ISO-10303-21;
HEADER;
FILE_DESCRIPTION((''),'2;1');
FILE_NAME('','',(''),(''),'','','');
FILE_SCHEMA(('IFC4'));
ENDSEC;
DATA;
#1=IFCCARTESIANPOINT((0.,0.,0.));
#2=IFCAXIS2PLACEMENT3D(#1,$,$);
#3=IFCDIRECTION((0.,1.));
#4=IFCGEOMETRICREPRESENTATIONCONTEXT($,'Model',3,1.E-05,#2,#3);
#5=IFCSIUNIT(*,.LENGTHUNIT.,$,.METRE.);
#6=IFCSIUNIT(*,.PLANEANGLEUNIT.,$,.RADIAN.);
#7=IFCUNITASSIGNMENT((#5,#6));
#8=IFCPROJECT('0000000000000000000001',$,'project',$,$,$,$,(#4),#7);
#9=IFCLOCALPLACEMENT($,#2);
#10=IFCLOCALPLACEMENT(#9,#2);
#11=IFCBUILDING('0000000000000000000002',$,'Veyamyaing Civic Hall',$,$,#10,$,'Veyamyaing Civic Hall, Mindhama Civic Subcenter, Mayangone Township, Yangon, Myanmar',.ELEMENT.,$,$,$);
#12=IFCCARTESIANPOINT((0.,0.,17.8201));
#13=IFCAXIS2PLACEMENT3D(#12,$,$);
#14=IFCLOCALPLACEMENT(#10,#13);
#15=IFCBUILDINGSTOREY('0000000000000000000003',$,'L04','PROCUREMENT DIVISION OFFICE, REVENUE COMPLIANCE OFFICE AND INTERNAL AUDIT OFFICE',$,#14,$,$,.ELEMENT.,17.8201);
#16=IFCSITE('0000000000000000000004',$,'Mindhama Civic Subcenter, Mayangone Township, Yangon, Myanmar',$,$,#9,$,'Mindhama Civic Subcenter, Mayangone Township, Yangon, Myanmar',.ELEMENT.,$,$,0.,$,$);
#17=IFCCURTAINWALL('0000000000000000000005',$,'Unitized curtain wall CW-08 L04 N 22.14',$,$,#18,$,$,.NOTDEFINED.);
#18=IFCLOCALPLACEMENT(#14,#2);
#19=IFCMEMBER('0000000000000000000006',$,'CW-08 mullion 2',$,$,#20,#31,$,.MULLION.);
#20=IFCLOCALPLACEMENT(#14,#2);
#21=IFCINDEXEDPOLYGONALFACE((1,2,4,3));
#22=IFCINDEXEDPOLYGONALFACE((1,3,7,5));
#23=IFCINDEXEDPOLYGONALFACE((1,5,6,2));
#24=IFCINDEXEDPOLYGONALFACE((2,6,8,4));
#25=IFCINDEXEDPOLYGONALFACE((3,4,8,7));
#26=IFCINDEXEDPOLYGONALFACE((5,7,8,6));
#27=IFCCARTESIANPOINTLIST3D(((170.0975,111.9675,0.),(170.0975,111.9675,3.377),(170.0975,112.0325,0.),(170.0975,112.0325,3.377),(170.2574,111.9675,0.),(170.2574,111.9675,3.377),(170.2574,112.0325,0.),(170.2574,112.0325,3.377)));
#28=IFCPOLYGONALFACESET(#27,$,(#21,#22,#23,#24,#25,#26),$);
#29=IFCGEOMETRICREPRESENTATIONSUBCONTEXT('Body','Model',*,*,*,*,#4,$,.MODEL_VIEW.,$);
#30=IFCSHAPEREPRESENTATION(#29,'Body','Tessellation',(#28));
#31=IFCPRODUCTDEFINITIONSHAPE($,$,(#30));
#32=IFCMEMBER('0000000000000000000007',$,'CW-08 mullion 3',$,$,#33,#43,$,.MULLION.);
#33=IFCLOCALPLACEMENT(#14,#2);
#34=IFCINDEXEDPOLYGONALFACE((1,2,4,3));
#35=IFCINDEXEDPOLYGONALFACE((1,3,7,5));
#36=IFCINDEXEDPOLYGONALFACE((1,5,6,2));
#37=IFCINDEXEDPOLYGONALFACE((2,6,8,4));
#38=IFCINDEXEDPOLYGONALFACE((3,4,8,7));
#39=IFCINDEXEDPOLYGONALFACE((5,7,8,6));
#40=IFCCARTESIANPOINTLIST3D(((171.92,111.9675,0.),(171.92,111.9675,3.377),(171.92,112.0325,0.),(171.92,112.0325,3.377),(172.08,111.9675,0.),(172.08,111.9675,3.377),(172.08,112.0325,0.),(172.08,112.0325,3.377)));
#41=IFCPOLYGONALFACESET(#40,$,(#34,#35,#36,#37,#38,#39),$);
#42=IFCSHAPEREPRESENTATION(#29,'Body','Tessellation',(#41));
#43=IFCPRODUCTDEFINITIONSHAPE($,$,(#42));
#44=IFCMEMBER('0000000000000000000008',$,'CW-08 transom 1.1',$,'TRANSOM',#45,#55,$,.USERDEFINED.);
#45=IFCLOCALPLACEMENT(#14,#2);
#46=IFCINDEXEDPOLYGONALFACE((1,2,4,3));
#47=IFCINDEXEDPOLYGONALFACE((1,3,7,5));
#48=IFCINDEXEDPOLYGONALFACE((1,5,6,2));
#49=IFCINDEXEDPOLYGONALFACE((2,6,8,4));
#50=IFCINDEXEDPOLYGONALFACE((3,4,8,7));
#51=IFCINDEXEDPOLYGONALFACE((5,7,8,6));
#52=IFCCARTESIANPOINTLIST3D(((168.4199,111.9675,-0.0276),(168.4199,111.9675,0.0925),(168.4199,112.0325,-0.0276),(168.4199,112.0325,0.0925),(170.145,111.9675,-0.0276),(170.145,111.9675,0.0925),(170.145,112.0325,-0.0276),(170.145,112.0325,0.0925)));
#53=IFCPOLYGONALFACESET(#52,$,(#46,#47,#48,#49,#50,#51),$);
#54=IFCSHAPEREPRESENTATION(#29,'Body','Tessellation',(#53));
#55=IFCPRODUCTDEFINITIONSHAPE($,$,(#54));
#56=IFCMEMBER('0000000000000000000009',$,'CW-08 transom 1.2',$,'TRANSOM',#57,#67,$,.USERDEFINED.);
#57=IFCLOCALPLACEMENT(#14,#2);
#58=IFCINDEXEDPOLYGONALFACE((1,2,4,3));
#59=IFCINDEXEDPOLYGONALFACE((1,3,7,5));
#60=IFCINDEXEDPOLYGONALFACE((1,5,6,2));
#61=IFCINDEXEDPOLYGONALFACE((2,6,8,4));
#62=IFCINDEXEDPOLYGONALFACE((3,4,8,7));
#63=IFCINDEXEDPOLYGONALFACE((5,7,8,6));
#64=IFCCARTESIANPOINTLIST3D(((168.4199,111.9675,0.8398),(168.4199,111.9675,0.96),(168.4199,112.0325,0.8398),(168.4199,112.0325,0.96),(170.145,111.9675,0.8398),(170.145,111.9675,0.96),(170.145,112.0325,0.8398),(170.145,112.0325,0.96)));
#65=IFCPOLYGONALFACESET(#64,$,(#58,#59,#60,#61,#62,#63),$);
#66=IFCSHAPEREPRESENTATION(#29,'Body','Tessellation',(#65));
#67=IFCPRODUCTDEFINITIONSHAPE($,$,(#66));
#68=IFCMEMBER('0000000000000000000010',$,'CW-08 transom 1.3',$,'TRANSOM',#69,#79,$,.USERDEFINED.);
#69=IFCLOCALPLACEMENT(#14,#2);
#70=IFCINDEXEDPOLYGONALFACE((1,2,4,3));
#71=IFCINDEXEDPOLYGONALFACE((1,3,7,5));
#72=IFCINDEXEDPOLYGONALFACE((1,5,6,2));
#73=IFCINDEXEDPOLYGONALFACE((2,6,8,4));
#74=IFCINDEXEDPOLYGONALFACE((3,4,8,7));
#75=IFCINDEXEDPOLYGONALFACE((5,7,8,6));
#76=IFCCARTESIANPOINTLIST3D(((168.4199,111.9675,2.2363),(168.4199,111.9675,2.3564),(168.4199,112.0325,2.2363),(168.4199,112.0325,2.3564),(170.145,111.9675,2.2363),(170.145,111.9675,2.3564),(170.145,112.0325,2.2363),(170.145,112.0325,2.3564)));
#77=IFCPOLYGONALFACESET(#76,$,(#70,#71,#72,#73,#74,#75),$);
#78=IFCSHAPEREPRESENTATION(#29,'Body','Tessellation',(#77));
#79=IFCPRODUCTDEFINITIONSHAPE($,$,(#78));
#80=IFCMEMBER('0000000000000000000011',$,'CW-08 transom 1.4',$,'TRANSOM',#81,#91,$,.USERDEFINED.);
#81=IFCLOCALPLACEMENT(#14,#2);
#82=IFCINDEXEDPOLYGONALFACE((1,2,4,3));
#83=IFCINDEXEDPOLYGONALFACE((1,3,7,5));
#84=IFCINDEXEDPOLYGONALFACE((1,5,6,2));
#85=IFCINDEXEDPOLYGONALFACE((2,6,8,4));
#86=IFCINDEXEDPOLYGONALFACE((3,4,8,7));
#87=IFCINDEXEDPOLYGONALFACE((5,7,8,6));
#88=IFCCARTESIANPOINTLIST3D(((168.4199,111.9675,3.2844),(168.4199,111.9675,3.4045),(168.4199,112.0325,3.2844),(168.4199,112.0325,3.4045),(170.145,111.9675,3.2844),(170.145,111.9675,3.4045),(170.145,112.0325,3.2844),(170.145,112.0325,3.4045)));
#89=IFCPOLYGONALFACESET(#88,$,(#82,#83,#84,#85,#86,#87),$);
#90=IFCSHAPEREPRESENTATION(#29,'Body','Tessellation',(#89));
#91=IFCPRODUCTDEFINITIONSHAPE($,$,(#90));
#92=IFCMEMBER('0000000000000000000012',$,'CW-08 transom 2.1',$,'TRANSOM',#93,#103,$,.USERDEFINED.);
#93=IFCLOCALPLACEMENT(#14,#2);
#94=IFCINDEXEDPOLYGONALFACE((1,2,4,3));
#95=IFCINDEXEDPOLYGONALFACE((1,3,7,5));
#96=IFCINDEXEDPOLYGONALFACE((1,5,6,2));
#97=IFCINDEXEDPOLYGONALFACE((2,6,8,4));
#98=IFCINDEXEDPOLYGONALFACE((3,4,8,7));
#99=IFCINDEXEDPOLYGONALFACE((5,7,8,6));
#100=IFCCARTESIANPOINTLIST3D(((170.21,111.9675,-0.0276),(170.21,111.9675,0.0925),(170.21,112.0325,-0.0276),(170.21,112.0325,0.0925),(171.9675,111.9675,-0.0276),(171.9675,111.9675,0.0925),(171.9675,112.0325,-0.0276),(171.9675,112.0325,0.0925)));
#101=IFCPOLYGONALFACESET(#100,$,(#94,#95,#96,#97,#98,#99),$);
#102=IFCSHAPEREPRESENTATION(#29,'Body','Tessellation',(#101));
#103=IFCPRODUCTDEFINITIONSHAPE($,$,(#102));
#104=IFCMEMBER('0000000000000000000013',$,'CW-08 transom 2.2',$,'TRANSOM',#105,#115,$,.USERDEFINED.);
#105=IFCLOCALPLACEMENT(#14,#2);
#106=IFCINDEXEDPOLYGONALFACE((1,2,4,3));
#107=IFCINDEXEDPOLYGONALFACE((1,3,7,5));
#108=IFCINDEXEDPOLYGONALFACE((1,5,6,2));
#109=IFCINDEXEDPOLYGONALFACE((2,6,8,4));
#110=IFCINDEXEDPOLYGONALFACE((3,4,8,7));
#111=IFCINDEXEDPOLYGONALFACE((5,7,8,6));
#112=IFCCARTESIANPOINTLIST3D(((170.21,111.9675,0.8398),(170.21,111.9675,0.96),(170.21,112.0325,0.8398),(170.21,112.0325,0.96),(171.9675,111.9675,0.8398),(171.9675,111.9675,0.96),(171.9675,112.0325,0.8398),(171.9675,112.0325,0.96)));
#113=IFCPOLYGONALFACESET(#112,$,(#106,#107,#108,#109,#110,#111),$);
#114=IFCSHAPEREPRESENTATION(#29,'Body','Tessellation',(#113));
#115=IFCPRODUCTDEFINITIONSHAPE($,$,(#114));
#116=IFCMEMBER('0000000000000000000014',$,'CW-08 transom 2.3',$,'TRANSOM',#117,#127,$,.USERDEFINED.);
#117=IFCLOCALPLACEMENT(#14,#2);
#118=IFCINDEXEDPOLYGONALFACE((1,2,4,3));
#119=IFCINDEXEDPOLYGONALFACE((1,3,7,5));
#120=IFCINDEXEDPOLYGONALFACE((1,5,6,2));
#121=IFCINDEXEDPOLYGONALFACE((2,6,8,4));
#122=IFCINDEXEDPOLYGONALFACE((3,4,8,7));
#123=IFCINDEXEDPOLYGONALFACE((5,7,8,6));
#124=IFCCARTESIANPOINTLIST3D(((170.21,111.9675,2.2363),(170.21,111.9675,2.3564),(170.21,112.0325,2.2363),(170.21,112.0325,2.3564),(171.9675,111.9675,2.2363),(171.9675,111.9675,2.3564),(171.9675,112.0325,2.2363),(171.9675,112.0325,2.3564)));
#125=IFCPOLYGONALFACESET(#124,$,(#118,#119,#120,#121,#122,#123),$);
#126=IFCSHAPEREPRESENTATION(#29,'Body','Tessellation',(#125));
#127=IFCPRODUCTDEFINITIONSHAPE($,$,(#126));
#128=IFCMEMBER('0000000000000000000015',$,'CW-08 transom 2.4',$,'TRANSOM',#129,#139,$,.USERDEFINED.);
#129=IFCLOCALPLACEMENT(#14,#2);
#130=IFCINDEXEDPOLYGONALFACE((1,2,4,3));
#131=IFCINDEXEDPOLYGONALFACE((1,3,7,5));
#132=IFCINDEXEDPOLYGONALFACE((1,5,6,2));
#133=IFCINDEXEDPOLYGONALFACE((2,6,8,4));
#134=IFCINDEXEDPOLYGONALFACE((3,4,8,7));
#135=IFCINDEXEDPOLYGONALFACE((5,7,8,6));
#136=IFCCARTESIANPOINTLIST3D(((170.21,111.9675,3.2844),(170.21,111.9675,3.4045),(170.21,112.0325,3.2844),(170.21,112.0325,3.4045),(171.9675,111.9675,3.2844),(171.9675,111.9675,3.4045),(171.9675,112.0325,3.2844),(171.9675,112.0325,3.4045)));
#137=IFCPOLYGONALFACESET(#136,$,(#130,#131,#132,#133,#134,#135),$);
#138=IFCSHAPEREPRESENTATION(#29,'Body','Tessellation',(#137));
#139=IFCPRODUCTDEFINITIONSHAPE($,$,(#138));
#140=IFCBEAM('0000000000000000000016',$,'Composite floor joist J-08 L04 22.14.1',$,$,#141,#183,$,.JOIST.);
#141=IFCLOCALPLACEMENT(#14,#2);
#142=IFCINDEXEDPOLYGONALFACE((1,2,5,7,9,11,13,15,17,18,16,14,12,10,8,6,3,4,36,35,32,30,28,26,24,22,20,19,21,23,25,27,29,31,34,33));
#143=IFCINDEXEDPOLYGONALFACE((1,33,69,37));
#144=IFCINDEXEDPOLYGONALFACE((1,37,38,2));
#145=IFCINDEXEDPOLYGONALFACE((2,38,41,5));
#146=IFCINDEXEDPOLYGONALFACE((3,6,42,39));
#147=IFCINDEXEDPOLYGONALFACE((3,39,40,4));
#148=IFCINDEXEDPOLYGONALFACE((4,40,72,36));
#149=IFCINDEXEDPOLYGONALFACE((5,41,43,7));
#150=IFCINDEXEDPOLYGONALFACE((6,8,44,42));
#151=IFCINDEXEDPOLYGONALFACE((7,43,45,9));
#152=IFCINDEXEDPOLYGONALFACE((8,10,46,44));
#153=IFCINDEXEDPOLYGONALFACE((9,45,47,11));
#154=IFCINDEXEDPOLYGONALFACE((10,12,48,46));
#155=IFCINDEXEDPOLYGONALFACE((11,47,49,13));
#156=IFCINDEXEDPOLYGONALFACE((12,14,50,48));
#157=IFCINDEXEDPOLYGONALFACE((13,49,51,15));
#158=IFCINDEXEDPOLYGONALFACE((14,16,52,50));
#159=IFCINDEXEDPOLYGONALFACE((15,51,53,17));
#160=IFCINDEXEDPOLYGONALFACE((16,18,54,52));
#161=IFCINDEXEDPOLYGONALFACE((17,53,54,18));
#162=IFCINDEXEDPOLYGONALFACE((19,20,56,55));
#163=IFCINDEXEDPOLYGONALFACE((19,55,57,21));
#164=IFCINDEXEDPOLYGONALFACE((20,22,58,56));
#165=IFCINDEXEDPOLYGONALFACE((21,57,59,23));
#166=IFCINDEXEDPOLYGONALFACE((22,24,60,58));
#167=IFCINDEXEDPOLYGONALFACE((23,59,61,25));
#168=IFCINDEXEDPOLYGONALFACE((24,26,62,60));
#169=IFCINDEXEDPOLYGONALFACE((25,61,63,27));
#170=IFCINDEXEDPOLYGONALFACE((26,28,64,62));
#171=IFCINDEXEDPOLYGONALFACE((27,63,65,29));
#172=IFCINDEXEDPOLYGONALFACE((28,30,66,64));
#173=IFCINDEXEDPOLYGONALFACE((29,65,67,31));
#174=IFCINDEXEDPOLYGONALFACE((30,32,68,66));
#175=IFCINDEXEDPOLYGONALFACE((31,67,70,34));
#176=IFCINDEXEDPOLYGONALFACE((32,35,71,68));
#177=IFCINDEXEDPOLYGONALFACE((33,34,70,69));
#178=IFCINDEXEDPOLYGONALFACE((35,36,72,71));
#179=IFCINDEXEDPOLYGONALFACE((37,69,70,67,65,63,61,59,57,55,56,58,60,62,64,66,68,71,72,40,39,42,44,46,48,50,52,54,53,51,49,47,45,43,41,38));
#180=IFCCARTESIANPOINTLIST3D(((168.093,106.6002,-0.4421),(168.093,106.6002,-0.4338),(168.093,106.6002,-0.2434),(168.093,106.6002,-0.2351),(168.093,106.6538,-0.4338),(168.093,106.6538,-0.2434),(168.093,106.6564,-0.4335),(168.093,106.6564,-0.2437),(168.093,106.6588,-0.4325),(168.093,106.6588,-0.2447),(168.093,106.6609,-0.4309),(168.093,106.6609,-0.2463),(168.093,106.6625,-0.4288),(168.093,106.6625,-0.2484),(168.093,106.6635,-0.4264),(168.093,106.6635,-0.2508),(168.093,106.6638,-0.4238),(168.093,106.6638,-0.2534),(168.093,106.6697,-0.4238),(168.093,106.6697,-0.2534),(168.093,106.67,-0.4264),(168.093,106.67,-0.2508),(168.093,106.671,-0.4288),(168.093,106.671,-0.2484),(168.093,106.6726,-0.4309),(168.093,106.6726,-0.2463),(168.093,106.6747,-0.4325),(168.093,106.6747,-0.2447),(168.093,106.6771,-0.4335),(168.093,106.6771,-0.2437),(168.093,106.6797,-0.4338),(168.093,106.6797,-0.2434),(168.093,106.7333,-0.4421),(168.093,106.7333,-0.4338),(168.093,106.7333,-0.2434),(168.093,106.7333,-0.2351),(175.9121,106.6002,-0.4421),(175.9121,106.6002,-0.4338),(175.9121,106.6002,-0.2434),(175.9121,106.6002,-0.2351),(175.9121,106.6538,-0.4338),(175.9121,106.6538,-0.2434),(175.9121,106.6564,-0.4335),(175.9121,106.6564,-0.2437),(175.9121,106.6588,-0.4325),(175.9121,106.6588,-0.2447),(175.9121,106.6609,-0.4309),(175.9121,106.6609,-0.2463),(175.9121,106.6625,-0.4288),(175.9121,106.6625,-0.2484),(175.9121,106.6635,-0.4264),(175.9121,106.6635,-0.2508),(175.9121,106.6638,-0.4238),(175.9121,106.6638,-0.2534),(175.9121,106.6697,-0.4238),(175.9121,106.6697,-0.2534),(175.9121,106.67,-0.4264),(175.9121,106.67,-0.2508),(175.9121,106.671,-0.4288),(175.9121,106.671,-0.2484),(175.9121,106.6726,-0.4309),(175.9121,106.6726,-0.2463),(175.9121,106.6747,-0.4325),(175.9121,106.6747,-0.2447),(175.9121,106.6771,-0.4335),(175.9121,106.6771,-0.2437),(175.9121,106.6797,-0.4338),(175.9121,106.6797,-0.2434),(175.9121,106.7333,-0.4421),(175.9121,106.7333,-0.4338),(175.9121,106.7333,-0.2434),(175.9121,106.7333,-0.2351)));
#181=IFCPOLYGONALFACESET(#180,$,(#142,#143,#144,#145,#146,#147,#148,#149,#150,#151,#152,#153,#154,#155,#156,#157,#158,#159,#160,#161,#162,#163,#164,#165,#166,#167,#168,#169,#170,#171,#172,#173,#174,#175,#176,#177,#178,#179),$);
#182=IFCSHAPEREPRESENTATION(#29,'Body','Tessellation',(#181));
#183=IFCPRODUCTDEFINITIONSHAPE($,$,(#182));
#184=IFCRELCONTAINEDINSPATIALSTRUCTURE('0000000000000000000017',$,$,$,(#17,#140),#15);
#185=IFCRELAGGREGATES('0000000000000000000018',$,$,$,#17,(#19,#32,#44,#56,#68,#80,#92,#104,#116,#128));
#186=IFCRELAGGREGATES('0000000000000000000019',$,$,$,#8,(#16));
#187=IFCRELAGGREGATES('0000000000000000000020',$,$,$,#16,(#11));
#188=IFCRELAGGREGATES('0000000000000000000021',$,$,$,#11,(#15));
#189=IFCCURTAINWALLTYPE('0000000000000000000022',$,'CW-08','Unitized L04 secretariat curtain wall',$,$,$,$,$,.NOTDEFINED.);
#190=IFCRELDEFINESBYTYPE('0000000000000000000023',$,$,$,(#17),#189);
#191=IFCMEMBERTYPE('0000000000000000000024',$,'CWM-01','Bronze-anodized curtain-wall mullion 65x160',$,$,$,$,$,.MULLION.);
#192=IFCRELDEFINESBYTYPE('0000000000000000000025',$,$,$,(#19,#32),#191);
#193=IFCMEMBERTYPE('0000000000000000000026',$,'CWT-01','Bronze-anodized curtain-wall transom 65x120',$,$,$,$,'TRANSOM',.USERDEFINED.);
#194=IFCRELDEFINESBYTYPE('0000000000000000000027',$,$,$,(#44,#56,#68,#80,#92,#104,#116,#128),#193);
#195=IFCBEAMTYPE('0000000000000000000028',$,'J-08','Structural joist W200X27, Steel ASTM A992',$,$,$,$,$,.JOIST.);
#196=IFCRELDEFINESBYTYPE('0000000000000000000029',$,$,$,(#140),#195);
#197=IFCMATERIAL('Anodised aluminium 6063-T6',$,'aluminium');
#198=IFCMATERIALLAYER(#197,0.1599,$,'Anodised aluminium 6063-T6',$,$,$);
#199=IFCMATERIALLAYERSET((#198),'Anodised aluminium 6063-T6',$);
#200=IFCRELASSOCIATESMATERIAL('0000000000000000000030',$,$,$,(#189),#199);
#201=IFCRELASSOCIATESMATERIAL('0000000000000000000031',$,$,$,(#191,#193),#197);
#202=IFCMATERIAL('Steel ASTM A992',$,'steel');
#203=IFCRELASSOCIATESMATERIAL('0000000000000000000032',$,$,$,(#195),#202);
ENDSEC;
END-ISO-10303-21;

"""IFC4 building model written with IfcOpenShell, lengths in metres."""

from ifc_helpers import new_model, si_unit, direction, frame, origin, origin_2d, place, context, subcontext, project, spatial, rectangle, i_section, extrude, material, layer, layer_set, material_profile, profile_set, type_object, element, aggregate, save


model = new_model("IFC4")

# Units and contexts
model_context = context("Model", 3, precision=1e-05, world=origin(), true_north=direction((0.0, 1.0)))
body_context = subcontext(model_context, "Body", "Model", "MODEL_VIEW")
ifc_project = project(units=[si_unit("LENGTHUNIT", "METRE"), si_unit("PLANEANGLEUNIT", "RADIAN")], contexts=[model_context])

# Site, building, storey
site_placement = place(None, origin())
site = spatial("IfcSite", under=ifc_project, at=site_placement, Name="Mindhama Civic Subcenter, Mayangone Township, Yangon, Myanmar", LongName="Mindhama Civic Subcenter, Mayangone Township, Yangon, Myanmar", CompositionType="ELEMENT", RefElevation=0.0)
building_placement = place(site_placement, origin())
building = spatial("IfcBuilding", under=site, at=building_placement, Name="Veyamyaing Civic Hall", LongName="Veyamyaing Civic Hall, Mindhama Civic Subcenter, Mayangone Township, Yangon, Myanmar", CompositionType="ELEMENT")
storey_placement = place(building_placement, frame((0.0, 0.0, 17.8201)))
storey = spatial("IfcBuildingStorey", under=building, at=storey_placement, Name="L04", Description="PROCUREMENT DIVISION OFFICE, REVENUE COMPLIANCE OFFICE AND INTERNAL AUDIT OFFICE", CompositionType="ELEMENT", Elevation=17.8201)

# Shared definitions
ifc_material_1 = material(Name="Steel ASTM A992", Category="steel")

# Curtain wall, members
ifc_material_2 = material(Name="Anodised aluminium 6063-T6", Category="aluminium")
ifc_layer_1 = layer(ifc_material_2, 0.1599, Name="Anodised aluminium 6063-T6")
ifc_layer_set_1 = layer_set([ifc_layer_1], Name="Anodised aluminium 6063-T6")
curtain_wall_type = type_object("IfcCurtainWallType", Name="CW-08", Description="Unitized L04 secretariat curtain wall", PredefinedType="NOTDEFINED", material=ifc_layer_set_1)
curtain_wall_placement = place(storey_placement, origin())
curtain_wall = element("IfcCurtainWall", 1, at=curtain_wall_placement, inside=storey, type_object=curtain_wall_type, Name="Unitized curtain wall CW-08 L04 N 22.14", PredefinedType="NOTDEFINED")
ifc_material_profile_1 = material_profile(ifc_material_2, rectangle(XDim=0.0649, YDim=0.1599, at=origin_2d()), Name="ALU-MUL-65X160")
ifc_profile_set_1 = profile_set([ifc_material_profile_1], Name="Anodised aluminium 6063-T6")
member_type_1 = type_object("IfcMemberType", Name="CWM-01", Description="Bronze-anodized curtain-wall mullion 65x160", PredefinedType="MULLION", material=ifc_profile_set_1)
member_1_placement = place(storey_placement, frame((170.1775, 112.0, 0.0), z_axis=(0.0, 0.0, 1.0), x_axis=(0.0, 1.0, 0.0)))
member_1 = element("IfcMember", 2, at=member_1_placement, type_object=member_type_1, Name="CW-08 mullion 2", PredefinedType="MULLION", context=body_context, shape_type="SweptSolid", body=[
    extrude(rectangle(XDim=0.0649, YDim=0.1599, at=origin_2d()), origin(), (0.0, 0.0, 1.0), 3.377),
])
member_2_placement = place(storey_placement, frame((172.0, 112.0, 0.0), z_axis=(0.0, 0.0, 1.0), x_axis=(0.0, 1.0, 0.0)))
member_2 = element("IfcMember", 3, at=member_2_placement, type_object=member_type_1, Name="CW-08 mullion 3", PredefinedType="MULLION", context=body_context, shape_type="SweptSolid", body=[
    extrude(rectangle(XDim=0.0649, YDim=0.1599, at=origin_2d()), origin(), (0.0, 0.0, 1.0), 3.377),
])
ifc_material_profile_2 = material_profile(ifc_material_2, rectangle(XDim=0.0649, YDim=0.1201, at=origin_2d()), Name="ALU-TRN-65X120")
ifc_profile_set_2 = profile_set([ifc_material_profile_2], Name="Anodised aluminium 6063-T6")
member_type_2 = type_object("IfcMemberType", Name="CWT-01", Description="Bronze-anodized curtain-wall transom 65x120", ElementType="TRANSOM", PredefinedType="USERDEFINED", material=ifc_profile_set_2)
member_3_placement = place(storey_placement, frame((168.4199, 112.0, 0.0325), z_axis=(1.0, 0.0, 0.0), x_axis=(0.0, 1.0, 0.0)))
member_3 = element("IfcMember", 4, at=member_3_placement, type_object=member_type_2, Name="CW-08 transom 1.1", ObjectType="TRANSOM", PredefinedType="USERDEFINED", context=body_context, shape_type="SweptSolid", body=[
    extrude(rectangle(XDim=0.0649, YDim=0.1201, at=origin_2d()), origin(), (0.0, 0.0, 1.0), 1.7251),
])
member_4_placement = place(storey_placement, frame((168.4199, 112.0, 0.8999), z_axis=(1.0, 0.0, 0.0), x_axis=(0.0, 1.0, 0.0)))
member_4 = element("IfcMember", 5, at=member_4_placement, type_object=member_type_2, Name="CW-08 transom 1.2", ObjectType="TRANSOM", PredefinedType="USERDEFINED", context=body_context, shape_type="SweptSolid", body=[
    extrude(rectangle(XDim=0.0649, YDim=0.1201, at=origin_2d()), origin(), (0.0, 0.0, 1.0), 1.7251),
])
member_5_placement = place(storey_placement, frame((168.4199, 112.0, 2.2964), z_axis=(1.0, 0.0, 0.0), x_axis=(0.0, 1.0, 0.0)))
member_5 = element("IfcMember", 6, at=member_5_placement, type_object=member_type_2, Name="CW-08 transom 1.3", ObjectType="TRANSOM", PredefinedType="USERDEFINED", context=body_context, shape_type="SweptSolid", body=[
    extrude(rectangle(XDim=0.0649, YDim=0.1201, at=origin_2d()), origin(), (0.0, 0.0, 1.0), 1.7251),
])
member_6_placement = place(storey_placement, frame((168.4199, 112.0, 3.3445), z_axis=(1.0, 0.0, 0.0), x_axis=(0.0, 1.0, 0.0)))
member_6 = element("IfcMember", 7, at=member_6_placement, type_object=member_type_2, Name="CW-08 transom 1.4", ObjectType="TRANSOM", PredefinedType="USERDEFINED", context=body_context, shape_type="SweptSolid", body=[
    extrude(rectangle(XDim=0.0649, YDim=0.1201, at=origin_2d()), origin(), (0.0, 0.0, 1.0), 1.7251),
])
member_7_placement = place(storey_placement, frame((170.21, 112.0, 0.0325), z_axis=(1.0, 0.0, 0.0), x_axis=(0.0, 1.0, 0.0)))
member_7 = element("IfcMember", 8, at=member_7_placement, type_object=member_type_2, Name="CW-08 transom 2.1", ObjectType="TRANSOM", PredefinedType="USERDEFINED", context=body_context, shape_type="SweptSolid", body=[
    extrude(rectangle(XDim=0.0649, YDim=0.1201, at=origin_2d()), origin(), (0.0, 0.0, 1.0), 1.7576),
])
member_8_placement = place(storey_placement, frame((170.21, 112.0, 0.8999), z_axis=(1.0, 0.0, 0.0), x_axis=(0.0, 1.0, 0.0)))
member_8 = element("IfcMember", 9, at=member_8_placement, type_object=member_type_2, Name="CW-08 transom 2.2", ObjectType="TRANSOM", PredefinedType="USERDEFINED", context=body_context, shape_type="SweptSolid", body=[
    extrude(rectangle(XDim=0.0649, YDim=0.1201, at=origin_2d()), origin(), (0.0, 0.0, 1.0), 1.7576),
])
member_9_placement = place(storey_placement, frame((170.21, 112.0, 2.2964), z_axis=(1.0, 0.0, 0.0), x_axis=(0.0, 1.0, 0.0)))
member_9 = element("IfcMember", 10, at=member_9_placement, type_object=member_type_2, Name="CW-08 transom 2.3", ObjectType="TRANSOM", PredefinedType="USERDEFINED", context=body_context, shape_type="SweptSolid", body=[
    extrude(rectangle(XDim=0.0649, YDim=0.1201, at=origin_2d()), origin(), (0.0, 0.0, 1.0), 1.7576),
])
member_10_placement = place(storey_placement, frame((170.21, 112.0, 3.3445), z_axis=(1.0, 0.0, 0.0), x_axis=(0.0, 1.0, 0.0)))
member_10 = element("IfcMember", 11, at=member_10_placement, type_object=member_type_2, Name="CW-08 transom 2.4", ObjectType="TRANSOM", PredefinedType="USERDEFINED", context=body_context, shape_type="SweptSolid", body=[
    extrude(rectangle(XDim=0.0649, YDim=0.1201, at=origin_2d()), origin(), (0.0, 0.0, 1.0), 1.7576),
])

# Beam
ifc_material_profile_3 = material_profile(ifc_material_1, i_section(OverallWidth=0.1331, OverallDepth=0.207, WebThickness=0.0059, FlangeThickness=0.0083, FilletRadius=0.01, at=origin_2d()), Name="W200X27")
ifc_profile_set_3 = profile_set([ifc_material_profile_3], Name="Steel ASTM A992")
beam_type_1 = type_object("IfcBeamType", Name="J-08", Description="Structural joist W200X27, Steel ASTM A992", PredefinedType="JOIST", material=ifc_profile_set_3)
for number, where, z_axis, x_axis, name in (
    (12, (168.093, 106.6667, -0.3386), (1.0, 0.0, 0.0), (0.0, 1.0, 0.0), "Composite floor joist J-08 L04 22.14.1"),
):
    element("IfcBeam", number, at=place(storey_placement, frame(where, z_axis=z_axis, x_axis=x_axis)), inside=storey, type_object=beam_type_1, Name=name, PredefinedType="JOIST", context=body_context, shape_type="SweptSolid", body=[
        extrude(i_section(OverallWidth=0.1331, OverallDepth=0.207, WebThickness=0.0059, FlangeThickness=0.0083, FilletRadius=0.01, at=origin_2d()), origin(), (0.0, 0.0, 1.0), 7.8191),
    ])

aggregate(curtain_wall, [member_1, member_2, member_3, member_4, member_5, member_6, member_7, member_8, member_9, member_10])

save(model, "model.ifc")
